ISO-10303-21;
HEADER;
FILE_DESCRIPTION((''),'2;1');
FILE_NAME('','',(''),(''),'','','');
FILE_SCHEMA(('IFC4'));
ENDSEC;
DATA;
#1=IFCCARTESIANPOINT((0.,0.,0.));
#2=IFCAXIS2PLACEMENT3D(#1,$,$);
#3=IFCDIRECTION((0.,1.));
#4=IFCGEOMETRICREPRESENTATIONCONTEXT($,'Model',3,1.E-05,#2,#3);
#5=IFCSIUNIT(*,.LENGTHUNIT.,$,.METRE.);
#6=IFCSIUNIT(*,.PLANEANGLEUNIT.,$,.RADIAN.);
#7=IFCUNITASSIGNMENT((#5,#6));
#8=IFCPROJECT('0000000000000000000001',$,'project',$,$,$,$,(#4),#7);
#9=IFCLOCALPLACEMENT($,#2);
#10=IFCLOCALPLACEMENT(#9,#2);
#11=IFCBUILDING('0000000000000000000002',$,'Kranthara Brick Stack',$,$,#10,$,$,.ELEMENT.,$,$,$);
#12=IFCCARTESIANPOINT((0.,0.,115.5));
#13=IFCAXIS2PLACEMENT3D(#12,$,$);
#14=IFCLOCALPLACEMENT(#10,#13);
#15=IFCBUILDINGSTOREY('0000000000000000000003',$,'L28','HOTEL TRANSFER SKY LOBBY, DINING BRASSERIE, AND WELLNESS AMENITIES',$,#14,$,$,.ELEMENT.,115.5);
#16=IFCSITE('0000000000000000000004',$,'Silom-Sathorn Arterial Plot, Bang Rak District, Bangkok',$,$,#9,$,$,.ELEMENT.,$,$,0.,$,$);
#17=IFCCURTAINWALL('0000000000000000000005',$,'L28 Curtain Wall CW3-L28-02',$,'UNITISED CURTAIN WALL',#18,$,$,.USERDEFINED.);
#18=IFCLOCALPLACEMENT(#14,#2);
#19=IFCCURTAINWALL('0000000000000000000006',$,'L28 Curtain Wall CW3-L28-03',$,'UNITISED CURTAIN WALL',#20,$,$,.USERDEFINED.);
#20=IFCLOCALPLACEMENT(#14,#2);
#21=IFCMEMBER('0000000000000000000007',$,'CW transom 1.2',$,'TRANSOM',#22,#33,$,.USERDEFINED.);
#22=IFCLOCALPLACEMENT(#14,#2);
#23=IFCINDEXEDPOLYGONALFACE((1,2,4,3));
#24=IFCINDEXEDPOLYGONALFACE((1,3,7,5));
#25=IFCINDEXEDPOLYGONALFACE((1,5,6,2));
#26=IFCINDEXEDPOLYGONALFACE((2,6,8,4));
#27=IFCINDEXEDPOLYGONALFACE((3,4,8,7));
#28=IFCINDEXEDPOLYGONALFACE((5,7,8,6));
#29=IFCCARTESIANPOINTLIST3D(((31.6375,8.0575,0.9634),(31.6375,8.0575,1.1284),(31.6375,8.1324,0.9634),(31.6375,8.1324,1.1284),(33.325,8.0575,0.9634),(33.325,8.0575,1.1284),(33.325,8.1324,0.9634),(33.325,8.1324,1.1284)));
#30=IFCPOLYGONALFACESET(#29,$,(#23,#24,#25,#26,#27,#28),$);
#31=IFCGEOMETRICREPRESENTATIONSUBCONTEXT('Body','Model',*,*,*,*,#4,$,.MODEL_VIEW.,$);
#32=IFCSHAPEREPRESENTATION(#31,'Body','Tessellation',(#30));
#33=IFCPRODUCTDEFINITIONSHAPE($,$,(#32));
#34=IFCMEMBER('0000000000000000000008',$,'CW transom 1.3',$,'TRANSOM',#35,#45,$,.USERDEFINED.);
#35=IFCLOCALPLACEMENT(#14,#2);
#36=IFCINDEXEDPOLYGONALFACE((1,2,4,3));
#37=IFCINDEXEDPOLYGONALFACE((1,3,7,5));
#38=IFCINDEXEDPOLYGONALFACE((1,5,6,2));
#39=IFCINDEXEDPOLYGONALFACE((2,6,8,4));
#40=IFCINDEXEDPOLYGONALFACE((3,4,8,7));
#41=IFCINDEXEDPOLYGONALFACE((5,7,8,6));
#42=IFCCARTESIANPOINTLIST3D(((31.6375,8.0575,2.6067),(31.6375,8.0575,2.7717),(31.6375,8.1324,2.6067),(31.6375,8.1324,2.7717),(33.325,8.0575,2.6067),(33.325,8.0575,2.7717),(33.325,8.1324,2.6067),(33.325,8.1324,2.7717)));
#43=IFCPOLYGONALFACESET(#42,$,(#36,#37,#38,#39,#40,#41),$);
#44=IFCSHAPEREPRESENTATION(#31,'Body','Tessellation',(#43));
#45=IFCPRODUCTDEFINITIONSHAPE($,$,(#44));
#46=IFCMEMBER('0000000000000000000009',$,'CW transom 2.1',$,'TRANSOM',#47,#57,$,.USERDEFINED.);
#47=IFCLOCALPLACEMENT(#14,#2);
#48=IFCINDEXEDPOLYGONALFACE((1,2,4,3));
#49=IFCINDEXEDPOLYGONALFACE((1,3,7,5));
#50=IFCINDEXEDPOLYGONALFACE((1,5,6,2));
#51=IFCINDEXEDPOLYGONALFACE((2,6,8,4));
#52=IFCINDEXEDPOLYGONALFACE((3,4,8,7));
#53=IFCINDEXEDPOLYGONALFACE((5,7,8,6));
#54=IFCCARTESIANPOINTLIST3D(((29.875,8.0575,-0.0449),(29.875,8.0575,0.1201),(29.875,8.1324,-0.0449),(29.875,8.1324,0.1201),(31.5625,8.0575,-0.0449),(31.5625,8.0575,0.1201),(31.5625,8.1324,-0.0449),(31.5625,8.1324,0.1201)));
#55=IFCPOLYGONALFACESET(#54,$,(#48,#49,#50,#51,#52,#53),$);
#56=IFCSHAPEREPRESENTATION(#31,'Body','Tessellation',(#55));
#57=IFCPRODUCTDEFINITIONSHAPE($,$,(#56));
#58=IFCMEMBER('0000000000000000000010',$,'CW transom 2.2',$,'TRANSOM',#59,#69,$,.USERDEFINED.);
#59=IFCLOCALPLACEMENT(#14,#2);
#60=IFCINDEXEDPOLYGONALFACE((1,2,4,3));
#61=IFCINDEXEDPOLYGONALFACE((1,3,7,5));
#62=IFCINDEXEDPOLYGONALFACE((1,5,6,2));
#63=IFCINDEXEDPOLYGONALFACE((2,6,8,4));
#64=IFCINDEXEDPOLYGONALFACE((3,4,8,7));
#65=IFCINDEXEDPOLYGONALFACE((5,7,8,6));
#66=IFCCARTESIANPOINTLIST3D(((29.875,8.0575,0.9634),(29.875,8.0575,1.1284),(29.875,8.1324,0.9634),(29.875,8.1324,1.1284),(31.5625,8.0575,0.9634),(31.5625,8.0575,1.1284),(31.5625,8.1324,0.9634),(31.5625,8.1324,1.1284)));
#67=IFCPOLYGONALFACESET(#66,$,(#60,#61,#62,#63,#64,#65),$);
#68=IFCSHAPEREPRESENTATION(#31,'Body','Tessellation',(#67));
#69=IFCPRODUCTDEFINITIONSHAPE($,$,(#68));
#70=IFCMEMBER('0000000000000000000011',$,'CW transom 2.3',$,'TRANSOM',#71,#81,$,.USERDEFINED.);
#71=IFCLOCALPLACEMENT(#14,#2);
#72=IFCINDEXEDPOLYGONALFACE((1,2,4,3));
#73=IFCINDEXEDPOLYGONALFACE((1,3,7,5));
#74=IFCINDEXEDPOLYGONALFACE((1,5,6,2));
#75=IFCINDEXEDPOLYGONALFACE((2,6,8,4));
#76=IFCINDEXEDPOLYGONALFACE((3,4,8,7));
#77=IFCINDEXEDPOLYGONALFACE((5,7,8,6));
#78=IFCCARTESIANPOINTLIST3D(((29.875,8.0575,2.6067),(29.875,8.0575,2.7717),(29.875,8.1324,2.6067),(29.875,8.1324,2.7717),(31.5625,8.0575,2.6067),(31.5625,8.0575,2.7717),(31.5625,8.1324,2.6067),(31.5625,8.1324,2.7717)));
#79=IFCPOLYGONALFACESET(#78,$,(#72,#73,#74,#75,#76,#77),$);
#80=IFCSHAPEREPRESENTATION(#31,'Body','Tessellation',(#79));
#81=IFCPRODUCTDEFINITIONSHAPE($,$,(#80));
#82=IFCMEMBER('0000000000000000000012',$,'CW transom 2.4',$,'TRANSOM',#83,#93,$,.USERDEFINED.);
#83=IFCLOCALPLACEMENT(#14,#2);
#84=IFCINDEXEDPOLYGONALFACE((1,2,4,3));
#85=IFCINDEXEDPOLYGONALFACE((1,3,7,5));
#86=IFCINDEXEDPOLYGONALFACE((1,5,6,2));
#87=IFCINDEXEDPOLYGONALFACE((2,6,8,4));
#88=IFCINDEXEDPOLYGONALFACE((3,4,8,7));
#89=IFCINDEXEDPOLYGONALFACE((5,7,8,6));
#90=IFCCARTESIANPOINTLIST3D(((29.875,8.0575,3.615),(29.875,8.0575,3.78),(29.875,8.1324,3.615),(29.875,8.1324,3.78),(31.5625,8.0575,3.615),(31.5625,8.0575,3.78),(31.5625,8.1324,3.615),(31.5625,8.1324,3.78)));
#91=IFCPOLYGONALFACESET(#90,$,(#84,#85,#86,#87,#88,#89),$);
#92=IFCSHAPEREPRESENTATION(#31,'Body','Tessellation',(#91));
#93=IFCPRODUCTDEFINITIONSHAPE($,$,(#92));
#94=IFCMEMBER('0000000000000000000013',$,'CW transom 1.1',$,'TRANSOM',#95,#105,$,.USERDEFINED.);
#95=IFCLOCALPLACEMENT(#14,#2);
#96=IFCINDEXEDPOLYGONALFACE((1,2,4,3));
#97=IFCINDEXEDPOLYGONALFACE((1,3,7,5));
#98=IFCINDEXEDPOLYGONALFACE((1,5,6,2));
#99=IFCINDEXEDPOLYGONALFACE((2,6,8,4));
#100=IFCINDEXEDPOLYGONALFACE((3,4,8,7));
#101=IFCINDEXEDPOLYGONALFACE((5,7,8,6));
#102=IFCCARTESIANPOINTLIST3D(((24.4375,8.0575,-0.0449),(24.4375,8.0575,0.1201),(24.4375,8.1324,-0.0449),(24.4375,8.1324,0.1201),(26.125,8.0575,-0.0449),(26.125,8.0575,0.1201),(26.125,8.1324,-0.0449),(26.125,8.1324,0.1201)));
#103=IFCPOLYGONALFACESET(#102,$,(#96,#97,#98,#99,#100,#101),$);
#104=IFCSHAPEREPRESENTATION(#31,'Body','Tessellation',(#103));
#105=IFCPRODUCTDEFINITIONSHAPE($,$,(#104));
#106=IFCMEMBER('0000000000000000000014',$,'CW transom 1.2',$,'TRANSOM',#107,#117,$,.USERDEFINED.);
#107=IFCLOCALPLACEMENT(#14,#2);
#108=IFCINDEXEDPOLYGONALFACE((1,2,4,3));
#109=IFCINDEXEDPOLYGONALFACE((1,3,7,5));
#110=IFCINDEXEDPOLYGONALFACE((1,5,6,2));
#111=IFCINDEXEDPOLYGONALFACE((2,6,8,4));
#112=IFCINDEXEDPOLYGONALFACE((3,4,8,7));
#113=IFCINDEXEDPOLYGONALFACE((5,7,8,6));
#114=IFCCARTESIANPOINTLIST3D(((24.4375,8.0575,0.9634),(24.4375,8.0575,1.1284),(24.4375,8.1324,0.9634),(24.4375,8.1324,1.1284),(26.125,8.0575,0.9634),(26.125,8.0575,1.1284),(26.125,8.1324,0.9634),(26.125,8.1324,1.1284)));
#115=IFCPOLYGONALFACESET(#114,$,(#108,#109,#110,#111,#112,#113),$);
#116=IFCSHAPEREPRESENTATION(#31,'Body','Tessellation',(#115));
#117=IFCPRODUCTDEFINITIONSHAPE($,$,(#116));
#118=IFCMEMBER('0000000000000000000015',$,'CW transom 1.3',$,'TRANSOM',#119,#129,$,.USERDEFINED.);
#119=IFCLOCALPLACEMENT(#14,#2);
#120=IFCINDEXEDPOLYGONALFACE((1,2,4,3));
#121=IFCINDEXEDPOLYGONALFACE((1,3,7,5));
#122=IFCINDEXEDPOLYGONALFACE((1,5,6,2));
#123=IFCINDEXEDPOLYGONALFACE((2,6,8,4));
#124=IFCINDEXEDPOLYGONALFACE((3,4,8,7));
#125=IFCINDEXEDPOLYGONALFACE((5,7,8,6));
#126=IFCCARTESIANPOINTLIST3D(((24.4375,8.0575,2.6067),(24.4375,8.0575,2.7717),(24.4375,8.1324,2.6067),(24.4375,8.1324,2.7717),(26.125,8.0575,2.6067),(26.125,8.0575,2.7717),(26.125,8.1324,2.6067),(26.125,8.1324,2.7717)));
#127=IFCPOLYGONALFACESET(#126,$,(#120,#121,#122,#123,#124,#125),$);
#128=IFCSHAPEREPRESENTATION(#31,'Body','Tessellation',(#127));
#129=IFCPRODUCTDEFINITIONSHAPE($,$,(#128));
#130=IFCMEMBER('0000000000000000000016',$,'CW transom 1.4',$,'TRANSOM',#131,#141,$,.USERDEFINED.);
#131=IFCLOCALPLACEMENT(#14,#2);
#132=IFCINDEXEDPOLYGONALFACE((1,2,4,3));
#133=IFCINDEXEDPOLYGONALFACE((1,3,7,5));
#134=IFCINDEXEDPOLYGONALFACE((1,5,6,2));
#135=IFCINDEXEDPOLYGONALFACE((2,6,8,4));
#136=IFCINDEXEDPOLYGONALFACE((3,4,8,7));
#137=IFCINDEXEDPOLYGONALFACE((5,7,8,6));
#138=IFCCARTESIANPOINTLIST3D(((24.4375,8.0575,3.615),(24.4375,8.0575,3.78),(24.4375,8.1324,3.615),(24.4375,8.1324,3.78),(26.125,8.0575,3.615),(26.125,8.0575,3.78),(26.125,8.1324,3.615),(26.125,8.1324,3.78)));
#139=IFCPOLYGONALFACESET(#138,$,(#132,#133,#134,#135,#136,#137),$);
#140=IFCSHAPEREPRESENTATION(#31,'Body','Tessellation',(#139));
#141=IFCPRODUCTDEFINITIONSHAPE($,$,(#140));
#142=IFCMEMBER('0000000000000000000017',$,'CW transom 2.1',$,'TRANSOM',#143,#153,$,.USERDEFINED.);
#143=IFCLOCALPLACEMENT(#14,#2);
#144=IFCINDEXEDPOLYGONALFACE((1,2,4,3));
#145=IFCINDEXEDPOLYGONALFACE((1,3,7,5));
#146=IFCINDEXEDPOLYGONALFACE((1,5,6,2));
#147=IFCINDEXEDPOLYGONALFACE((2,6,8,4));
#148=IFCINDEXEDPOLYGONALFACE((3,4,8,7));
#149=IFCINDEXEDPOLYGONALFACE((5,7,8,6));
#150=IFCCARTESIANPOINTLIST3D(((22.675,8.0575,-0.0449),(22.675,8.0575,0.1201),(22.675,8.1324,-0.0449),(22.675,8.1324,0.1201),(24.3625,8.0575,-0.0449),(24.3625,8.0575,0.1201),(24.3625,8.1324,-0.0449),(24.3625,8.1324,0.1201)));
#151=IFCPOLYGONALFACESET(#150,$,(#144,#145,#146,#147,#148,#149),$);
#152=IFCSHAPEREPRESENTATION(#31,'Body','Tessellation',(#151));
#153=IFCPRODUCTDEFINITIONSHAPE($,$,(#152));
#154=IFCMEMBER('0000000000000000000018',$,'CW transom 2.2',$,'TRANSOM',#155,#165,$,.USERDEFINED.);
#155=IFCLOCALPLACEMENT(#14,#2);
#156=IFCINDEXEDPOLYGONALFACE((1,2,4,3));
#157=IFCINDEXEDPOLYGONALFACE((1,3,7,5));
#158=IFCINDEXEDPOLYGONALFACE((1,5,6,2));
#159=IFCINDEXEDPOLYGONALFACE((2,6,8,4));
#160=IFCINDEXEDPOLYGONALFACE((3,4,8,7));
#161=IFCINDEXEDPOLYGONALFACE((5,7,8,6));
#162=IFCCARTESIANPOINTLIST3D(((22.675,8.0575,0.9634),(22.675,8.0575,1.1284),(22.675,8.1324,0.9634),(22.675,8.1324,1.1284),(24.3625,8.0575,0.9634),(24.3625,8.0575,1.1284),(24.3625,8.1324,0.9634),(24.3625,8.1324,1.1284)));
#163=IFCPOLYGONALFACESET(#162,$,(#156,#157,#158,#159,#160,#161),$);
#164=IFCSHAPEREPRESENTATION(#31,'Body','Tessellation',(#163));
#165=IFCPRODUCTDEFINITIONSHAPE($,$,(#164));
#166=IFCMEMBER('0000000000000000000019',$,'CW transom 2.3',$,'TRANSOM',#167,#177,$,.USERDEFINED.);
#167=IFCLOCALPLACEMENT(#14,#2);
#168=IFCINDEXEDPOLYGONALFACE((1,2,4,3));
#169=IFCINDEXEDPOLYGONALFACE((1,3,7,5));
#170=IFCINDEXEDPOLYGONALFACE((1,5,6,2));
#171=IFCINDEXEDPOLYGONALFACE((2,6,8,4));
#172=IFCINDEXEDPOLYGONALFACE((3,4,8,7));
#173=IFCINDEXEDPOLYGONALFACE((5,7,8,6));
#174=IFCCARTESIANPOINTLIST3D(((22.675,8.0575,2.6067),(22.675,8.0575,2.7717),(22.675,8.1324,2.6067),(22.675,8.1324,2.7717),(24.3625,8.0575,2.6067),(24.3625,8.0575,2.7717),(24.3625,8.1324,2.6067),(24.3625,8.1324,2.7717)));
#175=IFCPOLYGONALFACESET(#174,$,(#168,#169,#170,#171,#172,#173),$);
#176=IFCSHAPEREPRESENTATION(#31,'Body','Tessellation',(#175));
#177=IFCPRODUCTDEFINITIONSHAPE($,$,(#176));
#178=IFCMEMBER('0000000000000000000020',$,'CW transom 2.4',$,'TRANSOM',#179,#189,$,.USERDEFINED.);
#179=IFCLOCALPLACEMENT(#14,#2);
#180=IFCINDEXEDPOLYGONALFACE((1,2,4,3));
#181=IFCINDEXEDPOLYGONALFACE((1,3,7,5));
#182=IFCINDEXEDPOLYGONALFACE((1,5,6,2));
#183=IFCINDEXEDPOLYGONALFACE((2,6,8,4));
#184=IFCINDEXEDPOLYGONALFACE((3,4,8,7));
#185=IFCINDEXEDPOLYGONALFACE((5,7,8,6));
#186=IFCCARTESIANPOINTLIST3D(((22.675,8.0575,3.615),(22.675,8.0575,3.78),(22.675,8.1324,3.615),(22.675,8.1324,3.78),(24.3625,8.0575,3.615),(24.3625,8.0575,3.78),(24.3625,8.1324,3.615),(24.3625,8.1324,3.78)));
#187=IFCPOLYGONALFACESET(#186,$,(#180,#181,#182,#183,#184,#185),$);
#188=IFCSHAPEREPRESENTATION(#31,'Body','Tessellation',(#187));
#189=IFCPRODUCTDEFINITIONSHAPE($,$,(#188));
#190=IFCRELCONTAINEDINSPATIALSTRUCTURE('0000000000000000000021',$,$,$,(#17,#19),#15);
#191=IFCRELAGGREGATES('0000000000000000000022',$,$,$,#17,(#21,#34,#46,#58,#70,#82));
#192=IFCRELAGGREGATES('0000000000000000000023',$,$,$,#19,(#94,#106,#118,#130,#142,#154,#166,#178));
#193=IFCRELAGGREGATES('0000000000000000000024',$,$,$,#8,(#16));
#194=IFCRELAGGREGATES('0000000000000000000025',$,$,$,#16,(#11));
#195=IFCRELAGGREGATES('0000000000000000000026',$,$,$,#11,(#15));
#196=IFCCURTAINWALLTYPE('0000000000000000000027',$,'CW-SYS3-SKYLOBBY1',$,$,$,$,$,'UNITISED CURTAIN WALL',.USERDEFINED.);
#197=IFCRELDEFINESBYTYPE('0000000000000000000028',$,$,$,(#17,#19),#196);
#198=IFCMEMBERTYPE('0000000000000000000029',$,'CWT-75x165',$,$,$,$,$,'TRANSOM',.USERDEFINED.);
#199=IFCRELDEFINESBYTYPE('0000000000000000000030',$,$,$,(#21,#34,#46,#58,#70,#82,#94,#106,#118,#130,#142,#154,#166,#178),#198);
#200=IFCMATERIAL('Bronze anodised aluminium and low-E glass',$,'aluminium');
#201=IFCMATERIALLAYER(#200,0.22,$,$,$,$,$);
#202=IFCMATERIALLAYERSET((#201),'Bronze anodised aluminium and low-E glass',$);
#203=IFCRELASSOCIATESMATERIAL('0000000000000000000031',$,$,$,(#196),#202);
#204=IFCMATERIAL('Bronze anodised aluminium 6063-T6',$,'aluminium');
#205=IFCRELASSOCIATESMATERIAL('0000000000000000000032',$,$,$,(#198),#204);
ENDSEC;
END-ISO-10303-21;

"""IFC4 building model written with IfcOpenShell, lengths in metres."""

from ifc_helpers import new_model, si_unit, direction, frame, origin, origin_2d, place, context, subcontext, project, spatial, rectangle, extrude, material, layer, layer_set, material_profile, profile_set, type_object, element, aggregate, save


model = new_model("IFC4")

# Units and contexts
model_context = context("Model", 3, precision=1e-05, world=origin(), true_north=direction((0.0, 1.0)))
body_context = subcontext(model_context, "Body", "Model", "MODEL_VIEW")
ifc_project = project(units=[si_unit("LENGTHUNIT", "METRE"), si_unit("PLANEANGLEUNIT", "RADIAN")], contexts=[model_context])

# Site, building, storey
site_placement = place(None, origin())
site = spatial("IfcSite", under=ifc_project, at=site_placement, Name="Silom-Sathorn Arterial Plot, Bang Rak District, Bangkok", CompositionType="ELEMENT", RefElevation=0.0)
building_placement = place(site_placement, origin())
building = spatial("IfcBuilding", under=site, at=building_placement, Name="Kranthara Brick Stack", CompositionType="ELEMENT")
storey_placement = place(building_placement, frame((0.0, 0.0, 115.5)))
storey = spatial("IfcBuildingStorey", under=building, at=storey_placement, Name="L28", Description="HOTEL TRANSFER SKY LOBBY, DINING BRASSERIE, AND WELLNESS AMENITIES", CompositionType="ELEMENT", Elevation=115.5)

# Curtain walls
ifc_material_1 = material(Name="Bronze anodised aluminium and low-E glass", Category="aluminium")
ifc_layer_1 = layer(ifc_material_1, 0.22)
ifc_layer_set_1 = layer_set([ifc_layer_1], Name="Bronze anodised aluminium and low-E glass")
curtain_wall_type = type_object("IfcCurtainWallType", Name="CW-SYS3-SKYLOBBY1", ElementType="UNITISED CURTAIN WALL", PredefinedType="USERDEFINED", material=ifc_layer_set_1)
curtain_wall_1_placement = place(storey_placement, origin())
curtain_wall_1 = element("IfcCurtainWall", 1, at=curtain_wall_1_placement, inside=storey, type_object=curtain_wall_type, Name="L28 Curtain Wall CW3-L28-02", ObjectType="UNITISED CURTAIN WALL", PredefinedType="USERDEFINED")
curtain_wall_2_placement = place(storey_placement, origin())
curtain_wall_2 = element("IfcCurtainWall", 2, at=curtain_wall_2_placement, inside=storey, type_object=curtain_wall_type, Name="L28 Curtain Wall CW3-L28-03", ObjectType="UNITISED CURTAIN WALL", PredefinedType="USERDEFINED")

# Members
ifc_material_2 = material(Name="Bronze anodised aluminium 6063-T6", Category="aluminium")
ifc_material_profile_1 = material_profile(ifc_material_2, rectangle(XDim=0.075, YDim=0.165, at=origin_2d()), Name="ALU TRANSOM 75x165")
ifc_profile_set_1 = profile_set([ifc_material_profile_1], Name="Bronze anodised aluminium 6063-T6")
member_type_1 = type_object("IfcMemberType", Name="CWT-75x165", ElementType="TRANSOM", PredefinedType="USERDEFINED", material=ifc_profile_set_1)
member_1_placement = place(storey_placement, frame((33.325, 8.095, 1.0459), z_axis=(-1.0, 0.0, 0.0), x_axis=(0.0, -1.0, 0.0)))
member_1 = element("IfcMember", 3, at=member_1_placement, type_object=member_type_1, Name="CW transom 1.2", ObjectType="TRANSOM", PredefinedType="USERDEFINED", context=body_context, shape_type="SweptSolid", body=[
    extrude(rectangle(XDim=0.075, YDim=0.165, at=origin_2d()), origin(), (0.0, 0.0, 1.0), 1.6875),
])
member_2_placement = place(storey_placement, frame((33.325, 8.095, 2.6892), z_axis=(-1.0, 0.0, 0.0), x_axis=(0.0, -1.0, 0.0)))
member_2 = element("IfcMember", 4, at=member_2_placement, type_object=member_type_1, Name="CW transom 1.3", ObjectType="TRANSOM", PredefinedType="USERDEFINED", context=body_context, shape_type="SweptSolid", body=[
    extrude(rectangle(XDim=0.075, YDim=0.165, at=origin_2d()), origin(), (0.0, 0.0, 1.0), 1.6875),
])
member_3_placement = place(storey_placement, frame((31.5625, 8.095, 0.0376), z_axis=(-1.0, 0.0, 0.0), x_axis=(0.0, -1.0, 0.0)))
member_3 = element("IfcMember", 5, at=member_3_placement, type_object=member_type_1, Name="CW transom 2.1", ObjectType="TRANSOM", PredefinedType="USERDEFINED", context=body_context, shape_type="SweptSolid", body=[
    extrude(rectangle(XDim=0.075, YDim=0.165, at=origin_2d()), origin(), (0.0, 0.0, 1.0), 1.6875),
])
member_4_placement = place(storey_placement, frame((31.5625, 8.095, 1.0459), z_axis=(-1.0, 0.0, 0.0), x_axis=(0.0, -1.0, 0.0)))
member_4 = element("IfcMember", 6, at=member_4_placement, type_object=member_type_1, Name="CW transom 2.2", ObjectType="TRANSOM", PredefinedType="USERDEFINED", context=body_context, shape_type="SweptSolid", body=[
    extrude(rectangle(XDim=0.075, YDim=0.165, at=origin_2d()), origin(), (0.0, 0.0, 1.0), 1.6875),
])
member_5_placement = place(storey_placement, frame((31.5625, 8.095, 2.6892), z_axis=(-1.0, 0.0, 0.0), x_axis=(0.0, -1.0, 0.0)))
member_5 = element("IfcMember", 7, at=member_5_placement, type_object=member_type_1, Name="CW transom 2.3", ObjectType="TRANSOM", PredefinedType="USERDEFINED", context=body_context, shape_type="SweptSolid", body=[
    extrude(rectangle(XDim=0.075, YDim=0.165, at=origin_2d()), origin(), (0.0, 0.0, 1.0), 1.6875),
])
member_6_placement = place(storey_placement, frame((31.5625, 8.095, 3.6975), z_axis=(-1.0, 0.0, 0.0), x_axis=(0.0, -1.0, 0.0)))
member_6 = element("IfcMember", 8, at=member_6_placement, type_object=member_type_1, Name="CW transom 2.4", ObjectType="TRANSOM", PredefinedType="USERDEFINED", context=body_context, shape_type="SweptSolid", body=[
    extrude(rectangle(XDim=0.075, YDim=0.165, at=origin_2d()), origin(), (0.0, 0.0, 1.0), 1.6875),
])
member_7_placement = place(storey_placement, frame((26.125, 8.095, 0.0376), z_axis=(-1.0, 0.0, 0.0), x_axis=(0.0, -1.0, 0.0)))
member_7 = element("IfcMember", 9, at=member_7_placement, type_object=member_type_1, Name="CW transom 1.1", ObjectType="TRANSOM", PredefinedType="USERDEFINED", context=body_context, shape_type="SweptSolid", body=[
    extrude(rectangle(XDim=0.075, YDim=0.165, at=origin_2d()), origin(), (0.0, 0.0, 1.0), 1.6875),
])
member_8_placement = place(storey_placement, frame((26.125, 8.095, 1.0459), z_axis=(-1.0, 0.0, 0.0), x_axis=(0.0, -1.0, 0.0)))
member_8 = element("IfcMember", 10, at=member_8_placement, type_object=member_type_1, Name="CW transom 1.2", ObjectType="TRANSOM", PredefinedType="USERDEFINED", context=body_context, shape_type="SweptSolid", body=[
    extrude(rectangle(XDim=0.075, YDim=0.165, at=origin_2d()), origin(), (0.0, 0.0, 1.0), 1.6875),
])
member_9_placement = place(storey_placement, frame((26.125, 8.095, 2.6892), z_axis=(-1.0, 0.0, 0.0), x_axis=(0.0, -1.0, 0.0)))
member_9 = element("IfcMember", 11, at=member_9_placement, type_object=member_type_1, Name="CW transom 1.3", ObjectType="TRANSOM", PredefinedType="USERDEFINED", context=body_context, shape_type="SweptSolid", body=[
    extrude(rectangle(XDim=0.075, YDim=0.165, at=origin_2d()), origin(), (0.0, 0.0, 1.0), 1.6875),
])
member_10_placement = place(storey_placement, frame((26.125, 8.095, 3.6975), z_axis=(-1.0, 0.0, 0.0), x_axis=(0.0, -1.0, 0.0)))
member_10 = element("IfcMember", 12, at=member_10_placement, type_object=member_type_1, Name="CW transom 1.4", ObjectType="TRANSOM", PredefinedType="USERDEFINED", context=body_context, shape_type="SweptSolid", body=[
    extrude(rectangle(XDim=0.075, YDim=0.165, at=origin_2d()), origin(), (0.0, 0.0, 1.0), 1.6875),
])
member_11_placement = place(storey_placement, frame((24.3625, 8.095, 0.0376), z_axis=(-1.0, 0.0, 0.0), x_axis=(0.0, -1.0, 0.0)))
member_11 = element("IfcMember", 13, at=member_11_placement, type_object=member_type_1, Name="CW transom 2.1", ObjectType="TRANSOM", PredefinedType="USERDEFINED", context=body_context, shape_type="SweptSolid", body=[
    extrude(rectangle(XDim=0.075, YDim=0.165, at=origin_2d()), origin(), (0.0, 0.0, 1.0), 1.6875),
])
member_12_placement = place(storey_placement, frame((24.3625, 8.095, 1.0459), z_axis=(-1.0, 0.0, 0.0), x_axis=(0.0, -1.0, 0.0)))
member_12 = element("IfcMember", 14, at=member_12_placement, type_object=member_type_1, Name="CW transom 2.2", ObjectType="TRANSOM", PredefinedType="USERDEFINED", context=body_context, shape_type="SweptSolid", body=[
    extrude(rectangle(XDim=0.075, YDim=0.165, at=origin_2d()), origin(), (0.0, 0.0, 1.0), 1.6875),
])
member_13_placement = place(storey_placement, frame((24.3625, 8.095, 2.6892), z_axis=(-1.0, 0.0, 0.0), x_axis=(0.0, -1.0, 0.0)))
member_13 = element("IfcMember", 15, at=member_13_placement, type_object=member_type_1, Name="CW transom 2.3", ObjectType="TRANSOM", PredefinedType="USERDEFINED", context=body_context, shape_type="SweptSolid", body=[
    extrude(rectangle(XDim=0.075, YDim=0.165, at=origin_2d()), origin(), (0.0, 0.0, 1.0), 1.6875),
])
member_14_placement = place(storey_placement, frame((24.3625, 8.095, 3.6975), z_axis=(-1.0, 0.0, 0.0), x_axis=(0.0, -1.0, 0.0)))
member_14 = element("IfcMember", 16, at=member_14_placement, type_object=member_type_1, Name="CW transom 2.4", ObjectType="TRANSOM", PredefinedType="USERDEFINED", context=body_context, shape_type="SweptSolid", body=[
    extrude(rectangle(XDim=0.075, YDim=0.165, at=origin_2d()), origin(), (0.0, 0.0, 1.0), 1.6875),
])

aggregate(curtain_wall_1, [member_1, member_2, member_3, member_4, member_5, member_6])
aggregate(curtain_wall_2, [member_7, member_8, member_9, member_10, member_11, member_12, member_13, member_14])

save(model, "model.ifc")
